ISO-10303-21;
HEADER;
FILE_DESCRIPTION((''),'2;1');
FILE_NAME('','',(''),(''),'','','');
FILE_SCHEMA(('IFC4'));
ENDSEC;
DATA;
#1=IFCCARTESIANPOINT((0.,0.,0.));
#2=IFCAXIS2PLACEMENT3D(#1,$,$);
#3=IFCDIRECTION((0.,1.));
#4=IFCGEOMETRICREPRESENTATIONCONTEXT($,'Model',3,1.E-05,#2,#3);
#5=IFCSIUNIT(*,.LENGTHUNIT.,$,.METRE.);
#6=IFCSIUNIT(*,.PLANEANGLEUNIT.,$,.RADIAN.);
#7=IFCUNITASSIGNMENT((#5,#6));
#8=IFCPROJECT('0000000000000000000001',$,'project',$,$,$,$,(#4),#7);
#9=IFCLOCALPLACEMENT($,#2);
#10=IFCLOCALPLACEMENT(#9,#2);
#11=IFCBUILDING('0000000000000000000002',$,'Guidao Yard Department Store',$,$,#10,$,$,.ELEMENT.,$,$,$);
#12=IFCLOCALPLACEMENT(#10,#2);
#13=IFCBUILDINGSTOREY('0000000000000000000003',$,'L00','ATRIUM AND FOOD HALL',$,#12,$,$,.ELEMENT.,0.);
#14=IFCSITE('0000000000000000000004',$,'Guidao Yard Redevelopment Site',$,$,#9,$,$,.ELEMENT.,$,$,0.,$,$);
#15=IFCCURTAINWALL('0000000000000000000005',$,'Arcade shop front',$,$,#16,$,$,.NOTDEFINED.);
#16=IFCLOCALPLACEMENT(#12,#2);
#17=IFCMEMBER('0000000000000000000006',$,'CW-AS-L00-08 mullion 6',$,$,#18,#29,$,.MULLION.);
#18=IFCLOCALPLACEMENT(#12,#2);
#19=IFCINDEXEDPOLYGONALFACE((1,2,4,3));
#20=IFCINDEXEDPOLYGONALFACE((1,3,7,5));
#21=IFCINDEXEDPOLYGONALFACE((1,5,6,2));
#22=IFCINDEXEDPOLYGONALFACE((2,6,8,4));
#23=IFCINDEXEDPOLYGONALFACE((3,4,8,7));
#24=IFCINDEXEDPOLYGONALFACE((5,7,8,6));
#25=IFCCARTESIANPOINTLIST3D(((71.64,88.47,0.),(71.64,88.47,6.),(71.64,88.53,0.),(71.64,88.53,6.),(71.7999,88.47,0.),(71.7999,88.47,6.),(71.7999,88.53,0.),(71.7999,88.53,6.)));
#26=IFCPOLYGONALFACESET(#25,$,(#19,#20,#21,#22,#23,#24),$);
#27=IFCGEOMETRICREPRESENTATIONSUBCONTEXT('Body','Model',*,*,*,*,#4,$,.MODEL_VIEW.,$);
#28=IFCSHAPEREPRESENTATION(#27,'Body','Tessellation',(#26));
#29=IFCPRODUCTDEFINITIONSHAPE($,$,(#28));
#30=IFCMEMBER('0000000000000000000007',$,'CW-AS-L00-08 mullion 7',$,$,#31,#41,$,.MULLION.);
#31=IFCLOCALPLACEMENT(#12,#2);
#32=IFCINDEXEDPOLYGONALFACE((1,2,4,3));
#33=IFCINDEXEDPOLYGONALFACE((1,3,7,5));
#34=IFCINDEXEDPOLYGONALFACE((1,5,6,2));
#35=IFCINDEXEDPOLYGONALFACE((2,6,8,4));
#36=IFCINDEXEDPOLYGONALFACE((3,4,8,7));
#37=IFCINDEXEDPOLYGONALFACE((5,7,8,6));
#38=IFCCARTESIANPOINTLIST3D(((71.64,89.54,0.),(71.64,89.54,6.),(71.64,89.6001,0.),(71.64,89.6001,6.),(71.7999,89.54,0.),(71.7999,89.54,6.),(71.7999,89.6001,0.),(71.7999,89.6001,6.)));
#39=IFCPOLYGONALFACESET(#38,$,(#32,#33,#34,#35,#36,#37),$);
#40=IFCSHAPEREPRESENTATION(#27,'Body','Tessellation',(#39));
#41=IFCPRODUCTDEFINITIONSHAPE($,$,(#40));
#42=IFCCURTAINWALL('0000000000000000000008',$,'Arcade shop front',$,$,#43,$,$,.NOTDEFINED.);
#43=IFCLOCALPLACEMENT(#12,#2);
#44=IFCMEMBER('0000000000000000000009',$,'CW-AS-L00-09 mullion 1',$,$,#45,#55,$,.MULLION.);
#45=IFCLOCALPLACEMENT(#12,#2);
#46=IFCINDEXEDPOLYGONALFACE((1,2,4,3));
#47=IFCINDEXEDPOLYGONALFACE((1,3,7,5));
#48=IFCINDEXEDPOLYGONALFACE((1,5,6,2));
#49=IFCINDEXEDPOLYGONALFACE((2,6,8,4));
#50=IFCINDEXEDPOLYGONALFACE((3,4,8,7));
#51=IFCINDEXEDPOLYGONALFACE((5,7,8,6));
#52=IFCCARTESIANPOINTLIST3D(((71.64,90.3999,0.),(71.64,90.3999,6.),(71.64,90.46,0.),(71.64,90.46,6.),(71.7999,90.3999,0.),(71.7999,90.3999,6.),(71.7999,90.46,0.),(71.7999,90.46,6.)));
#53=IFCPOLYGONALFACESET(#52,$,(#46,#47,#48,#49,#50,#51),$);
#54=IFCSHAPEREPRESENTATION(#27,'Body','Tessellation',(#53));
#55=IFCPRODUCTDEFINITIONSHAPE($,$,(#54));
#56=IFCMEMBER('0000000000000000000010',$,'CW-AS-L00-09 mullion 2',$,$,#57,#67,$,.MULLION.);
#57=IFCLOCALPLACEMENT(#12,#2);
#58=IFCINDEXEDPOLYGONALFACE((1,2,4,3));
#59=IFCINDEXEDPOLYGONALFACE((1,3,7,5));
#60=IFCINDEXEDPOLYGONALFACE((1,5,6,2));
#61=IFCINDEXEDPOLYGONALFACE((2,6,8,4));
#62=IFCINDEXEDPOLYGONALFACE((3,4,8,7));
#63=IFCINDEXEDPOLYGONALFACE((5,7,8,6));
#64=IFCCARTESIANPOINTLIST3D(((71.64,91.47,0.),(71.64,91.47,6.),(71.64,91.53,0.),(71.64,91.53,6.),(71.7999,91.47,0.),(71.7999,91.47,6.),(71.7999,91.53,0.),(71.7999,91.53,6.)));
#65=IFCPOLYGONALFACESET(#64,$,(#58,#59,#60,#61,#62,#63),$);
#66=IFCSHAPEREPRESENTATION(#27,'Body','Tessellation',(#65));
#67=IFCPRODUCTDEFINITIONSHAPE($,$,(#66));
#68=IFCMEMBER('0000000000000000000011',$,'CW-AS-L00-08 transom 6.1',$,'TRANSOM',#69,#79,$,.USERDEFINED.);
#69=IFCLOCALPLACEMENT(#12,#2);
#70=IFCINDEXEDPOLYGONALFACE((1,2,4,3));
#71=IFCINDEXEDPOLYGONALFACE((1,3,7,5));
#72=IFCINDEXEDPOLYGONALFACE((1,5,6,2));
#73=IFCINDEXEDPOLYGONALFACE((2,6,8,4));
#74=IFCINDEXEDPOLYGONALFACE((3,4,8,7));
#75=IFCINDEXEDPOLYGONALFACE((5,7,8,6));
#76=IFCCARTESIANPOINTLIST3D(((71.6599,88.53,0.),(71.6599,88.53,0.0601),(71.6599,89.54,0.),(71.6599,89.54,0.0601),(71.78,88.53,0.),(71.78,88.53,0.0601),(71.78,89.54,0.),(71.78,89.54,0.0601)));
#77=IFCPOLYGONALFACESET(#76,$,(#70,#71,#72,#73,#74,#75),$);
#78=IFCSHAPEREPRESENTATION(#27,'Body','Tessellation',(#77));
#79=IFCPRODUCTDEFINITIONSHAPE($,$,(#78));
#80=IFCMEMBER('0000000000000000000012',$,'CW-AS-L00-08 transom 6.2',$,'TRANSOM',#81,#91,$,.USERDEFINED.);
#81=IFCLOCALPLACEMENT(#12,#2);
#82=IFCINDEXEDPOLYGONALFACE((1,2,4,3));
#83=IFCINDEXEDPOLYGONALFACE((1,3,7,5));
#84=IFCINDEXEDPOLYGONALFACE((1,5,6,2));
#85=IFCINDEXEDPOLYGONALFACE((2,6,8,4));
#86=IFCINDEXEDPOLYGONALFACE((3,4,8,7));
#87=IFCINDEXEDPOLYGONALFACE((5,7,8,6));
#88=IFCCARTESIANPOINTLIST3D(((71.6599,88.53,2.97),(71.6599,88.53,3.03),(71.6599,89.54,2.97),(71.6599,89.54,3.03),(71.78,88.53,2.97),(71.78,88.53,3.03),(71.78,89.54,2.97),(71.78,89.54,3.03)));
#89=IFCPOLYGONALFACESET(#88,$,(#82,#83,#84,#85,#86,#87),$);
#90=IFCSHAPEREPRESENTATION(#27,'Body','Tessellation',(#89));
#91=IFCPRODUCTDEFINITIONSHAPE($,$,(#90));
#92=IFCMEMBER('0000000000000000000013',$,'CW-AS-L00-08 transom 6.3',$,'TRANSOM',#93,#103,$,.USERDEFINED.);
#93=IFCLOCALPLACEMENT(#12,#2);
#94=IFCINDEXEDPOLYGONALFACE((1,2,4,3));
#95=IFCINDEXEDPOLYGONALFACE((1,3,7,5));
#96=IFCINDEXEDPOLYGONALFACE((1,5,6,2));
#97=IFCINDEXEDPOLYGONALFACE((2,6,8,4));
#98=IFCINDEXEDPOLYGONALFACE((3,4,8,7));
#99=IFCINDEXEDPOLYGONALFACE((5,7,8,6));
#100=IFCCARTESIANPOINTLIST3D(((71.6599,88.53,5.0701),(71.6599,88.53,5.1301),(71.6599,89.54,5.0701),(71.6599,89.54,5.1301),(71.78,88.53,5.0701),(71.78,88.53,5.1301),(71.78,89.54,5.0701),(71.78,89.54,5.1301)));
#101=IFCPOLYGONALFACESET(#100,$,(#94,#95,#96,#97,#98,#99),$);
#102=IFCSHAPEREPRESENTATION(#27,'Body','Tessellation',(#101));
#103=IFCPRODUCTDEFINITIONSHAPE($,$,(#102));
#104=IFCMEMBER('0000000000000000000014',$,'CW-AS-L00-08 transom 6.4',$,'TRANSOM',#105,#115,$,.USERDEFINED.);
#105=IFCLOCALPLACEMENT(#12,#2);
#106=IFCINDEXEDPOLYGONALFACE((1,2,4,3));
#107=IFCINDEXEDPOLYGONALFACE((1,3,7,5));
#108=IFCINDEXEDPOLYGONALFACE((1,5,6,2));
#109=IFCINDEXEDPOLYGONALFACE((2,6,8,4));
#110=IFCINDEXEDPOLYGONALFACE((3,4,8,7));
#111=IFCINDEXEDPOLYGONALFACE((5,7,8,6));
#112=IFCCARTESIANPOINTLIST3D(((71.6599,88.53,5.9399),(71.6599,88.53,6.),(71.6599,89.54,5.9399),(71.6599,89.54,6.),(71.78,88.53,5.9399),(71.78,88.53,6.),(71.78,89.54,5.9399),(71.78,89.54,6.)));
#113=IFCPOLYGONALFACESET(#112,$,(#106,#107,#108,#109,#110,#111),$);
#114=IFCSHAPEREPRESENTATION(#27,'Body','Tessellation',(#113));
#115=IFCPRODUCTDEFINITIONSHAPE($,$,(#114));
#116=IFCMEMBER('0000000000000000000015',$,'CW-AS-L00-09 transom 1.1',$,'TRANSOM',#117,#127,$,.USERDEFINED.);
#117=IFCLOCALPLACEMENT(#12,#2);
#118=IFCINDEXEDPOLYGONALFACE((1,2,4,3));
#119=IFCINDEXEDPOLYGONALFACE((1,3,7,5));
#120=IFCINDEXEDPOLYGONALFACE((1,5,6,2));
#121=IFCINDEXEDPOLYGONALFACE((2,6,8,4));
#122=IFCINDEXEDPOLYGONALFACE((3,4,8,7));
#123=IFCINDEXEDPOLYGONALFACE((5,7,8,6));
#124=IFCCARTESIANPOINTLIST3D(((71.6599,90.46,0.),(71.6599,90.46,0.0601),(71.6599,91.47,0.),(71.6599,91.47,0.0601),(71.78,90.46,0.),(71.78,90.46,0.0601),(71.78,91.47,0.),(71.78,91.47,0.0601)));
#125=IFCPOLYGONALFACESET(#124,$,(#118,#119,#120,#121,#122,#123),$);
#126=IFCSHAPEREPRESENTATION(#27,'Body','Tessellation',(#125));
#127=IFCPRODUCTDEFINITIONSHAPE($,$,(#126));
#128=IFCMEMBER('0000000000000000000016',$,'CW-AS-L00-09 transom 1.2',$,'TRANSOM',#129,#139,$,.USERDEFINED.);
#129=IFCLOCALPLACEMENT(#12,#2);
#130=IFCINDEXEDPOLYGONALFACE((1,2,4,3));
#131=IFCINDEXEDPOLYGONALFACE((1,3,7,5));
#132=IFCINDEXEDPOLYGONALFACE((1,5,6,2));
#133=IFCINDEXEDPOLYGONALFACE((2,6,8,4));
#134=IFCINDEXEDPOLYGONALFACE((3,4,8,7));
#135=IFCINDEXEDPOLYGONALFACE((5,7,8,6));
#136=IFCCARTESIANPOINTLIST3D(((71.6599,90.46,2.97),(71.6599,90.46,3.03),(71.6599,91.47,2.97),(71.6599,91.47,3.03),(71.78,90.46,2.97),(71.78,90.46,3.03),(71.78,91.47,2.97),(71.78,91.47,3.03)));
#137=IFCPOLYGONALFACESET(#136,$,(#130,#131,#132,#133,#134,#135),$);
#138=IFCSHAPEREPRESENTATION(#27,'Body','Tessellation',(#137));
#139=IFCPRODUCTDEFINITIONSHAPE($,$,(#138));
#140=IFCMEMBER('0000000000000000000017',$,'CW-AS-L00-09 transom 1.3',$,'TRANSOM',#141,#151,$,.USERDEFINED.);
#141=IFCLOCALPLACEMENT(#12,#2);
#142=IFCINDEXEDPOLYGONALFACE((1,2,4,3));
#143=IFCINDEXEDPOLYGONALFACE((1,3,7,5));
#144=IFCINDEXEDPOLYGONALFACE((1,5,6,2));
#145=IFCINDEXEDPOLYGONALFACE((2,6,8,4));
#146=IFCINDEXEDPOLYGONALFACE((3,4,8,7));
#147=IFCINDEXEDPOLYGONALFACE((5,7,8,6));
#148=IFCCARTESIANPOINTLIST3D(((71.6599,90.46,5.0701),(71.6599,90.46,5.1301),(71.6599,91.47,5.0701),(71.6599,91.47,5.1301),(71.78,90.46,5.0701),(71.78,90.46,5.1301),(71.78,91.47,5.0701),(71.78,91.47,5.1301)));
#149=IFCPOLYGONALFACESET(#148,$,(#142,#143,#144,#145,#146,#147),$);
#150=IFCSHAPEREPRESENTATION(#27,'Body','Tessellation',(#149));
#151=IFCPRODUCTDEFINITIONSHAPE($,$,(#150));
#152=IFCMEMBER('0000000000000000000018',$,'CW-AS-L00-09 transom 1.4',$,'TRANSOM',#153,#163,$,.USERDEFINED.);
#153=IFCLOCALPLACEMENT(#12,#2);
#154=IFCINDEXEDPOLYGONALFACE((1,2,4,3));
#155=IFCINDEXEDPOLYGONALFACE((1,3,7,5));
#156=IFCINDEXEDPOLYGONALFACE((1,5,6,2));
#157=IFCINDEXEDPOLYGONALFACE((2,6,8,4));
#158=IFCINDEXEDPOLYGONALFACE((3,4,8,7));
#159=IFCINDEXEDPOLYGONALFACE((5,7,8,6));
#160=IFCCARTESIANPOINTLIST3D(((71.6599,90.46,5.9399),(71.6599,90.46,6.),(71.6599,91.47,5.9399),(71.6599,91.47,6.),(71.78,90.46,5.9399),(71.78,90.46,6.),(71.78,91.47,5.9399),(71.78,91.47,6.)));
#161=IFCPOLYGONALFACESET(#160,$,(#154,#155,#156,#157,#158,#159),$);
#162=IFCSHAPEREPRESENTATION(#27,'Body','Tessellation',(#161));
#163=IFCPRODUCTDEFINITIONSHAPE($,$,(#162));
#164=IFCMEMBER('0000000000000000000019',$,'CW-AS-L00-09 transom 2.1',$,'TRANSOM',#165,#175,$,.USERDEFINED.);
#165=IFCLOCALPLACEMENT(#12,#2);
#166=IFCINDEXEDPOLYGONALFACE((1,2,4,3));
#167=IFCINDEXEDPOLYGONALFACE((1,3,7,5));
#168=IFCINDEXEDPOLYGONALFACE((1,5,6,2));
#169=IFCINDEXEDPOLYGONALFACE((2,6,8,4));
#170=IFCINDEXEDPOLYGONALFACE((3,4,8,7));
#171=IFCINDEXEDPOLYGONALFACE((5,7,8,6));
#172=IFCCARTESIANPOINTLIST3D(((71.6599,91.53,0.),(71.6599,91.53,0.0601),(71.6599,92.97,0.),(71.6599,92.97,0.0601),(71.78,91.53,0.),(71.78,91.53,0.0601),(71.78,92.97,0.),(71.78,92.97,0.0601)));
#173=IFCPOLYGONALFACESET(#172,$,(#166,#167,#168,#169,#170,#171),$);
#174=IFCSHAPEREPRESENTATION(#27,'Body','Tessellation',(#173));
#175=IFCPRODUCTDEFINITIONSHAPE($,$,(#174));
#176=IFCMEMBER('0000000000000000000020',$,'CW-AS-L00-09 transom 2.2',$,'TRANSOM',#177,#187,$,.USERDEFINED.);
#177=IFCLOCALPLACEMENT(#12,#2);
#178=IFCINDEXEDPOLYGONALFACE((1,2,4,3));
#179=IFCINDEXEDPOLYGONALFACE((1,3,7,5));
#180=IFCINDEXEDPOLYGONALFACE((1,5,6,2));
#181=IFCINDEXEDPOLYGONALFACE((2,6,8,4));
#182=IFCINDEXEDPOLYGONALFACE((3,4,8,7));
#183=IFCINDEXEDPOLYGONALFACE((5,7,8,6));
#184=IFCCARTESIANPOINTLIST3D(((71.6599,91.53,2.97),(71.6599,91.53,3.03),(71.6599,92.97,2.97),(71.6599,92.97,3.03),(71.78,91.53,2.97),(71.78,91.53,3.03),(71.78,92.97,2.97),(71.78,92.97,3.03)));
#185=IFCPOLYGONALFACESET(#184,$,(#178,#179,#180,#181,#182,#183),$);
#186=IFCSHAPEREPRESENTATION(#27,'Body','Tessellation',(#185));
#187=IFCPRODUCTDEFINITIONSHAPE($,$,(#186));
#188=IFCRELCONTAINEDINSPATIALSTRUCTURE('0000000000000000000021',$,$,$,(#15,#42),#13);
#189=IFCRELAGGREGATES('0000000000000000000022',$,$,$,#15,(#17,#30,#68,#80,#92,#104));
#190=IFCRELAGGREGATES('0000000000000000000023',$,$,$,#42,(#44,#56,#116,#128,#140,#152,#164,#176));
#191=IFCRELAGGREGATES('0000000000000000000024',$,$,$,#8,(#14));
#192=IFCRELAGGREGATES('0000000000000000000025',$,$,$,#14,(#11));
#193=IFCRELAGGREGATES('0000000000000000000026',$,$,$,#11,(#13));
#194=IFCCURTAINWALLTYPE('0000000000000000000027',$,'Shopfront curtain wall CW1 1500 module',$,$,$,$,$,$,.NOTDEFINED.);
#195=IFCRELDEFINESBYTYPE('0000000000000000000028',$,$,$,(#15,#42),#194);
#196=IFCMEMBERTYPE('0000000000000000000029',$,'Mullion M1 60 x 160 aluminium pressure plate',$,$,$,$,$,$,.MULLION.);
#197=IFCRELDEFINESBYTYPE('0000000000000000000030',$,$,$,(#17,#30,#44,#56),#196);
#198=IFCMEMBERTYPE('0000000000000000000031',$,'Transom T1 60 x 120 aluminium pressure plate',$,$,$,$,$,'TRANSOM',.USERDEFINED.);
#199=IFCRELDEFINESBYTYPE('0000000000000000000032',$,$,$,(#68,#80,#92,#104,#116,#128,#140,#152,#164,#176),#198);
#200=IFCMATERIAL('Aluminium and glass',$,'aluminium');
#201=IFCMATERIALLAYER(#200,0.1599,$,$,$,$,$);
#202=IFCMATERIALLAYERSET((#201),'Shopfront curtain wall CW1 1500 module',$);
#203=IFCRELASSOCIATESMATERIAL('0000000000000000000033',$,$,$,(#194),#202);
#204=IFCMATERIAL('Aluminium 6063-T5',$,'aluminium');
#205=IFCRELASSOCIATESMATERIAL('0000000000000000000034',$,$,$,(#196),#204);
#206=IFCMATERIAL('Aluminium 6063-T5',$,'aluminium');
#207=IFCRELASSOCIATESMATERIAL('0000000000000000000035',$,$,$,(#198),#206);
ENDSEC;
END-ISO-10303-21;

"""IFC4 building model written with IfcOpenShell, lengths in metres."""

from ifc_helpers import new_model, si_unit, direction, frame, origin, origin_2d, place, context, subcontext, project, spatial, rectangle, extrude, material, layer, layer_set, material_profile, profile_set, type_object, element, aggregate, save


model = new_model("IFC4")

# Units and contexts
model_context = context("Model", 3, precision=1e-05, world=origin(), true_north=direction((0.0, 1.0)))
body_context = subcontext(model_context, "Body", "Model", "MODEL_VIEW")
ifc_project = project(units=[si_unit("LENGTHUNIT", "METRE"), si_unit("PLANEANGLEUNIT", "RADIAN")], contexts=[model_context])

# Site, building, storey
site_placement = place(None, origin())
site = spatial("IfcSite", under=ifc_project, at=site_placement, Name="Guidao Yard Redevelopment Site", CompositionType="ELEMENT", RefElevation=0.0)
building_placement = place(site_placement, origin())
building = spatial("IfcBuilding", under=site, at=building_placement, Name="Guidao Yard Department Store", CompositionType="ELEMENT")
storey_placement = place(building_placement, origin())
storey = spatial("IfcBuildingStorey", under=building, at=storey_placement, Name="L00", Description="ATRIUM AND FOOD HALL", CompositionType="ELEMENT", Elevation=0.0)

# Curtain walls, members
ifc_material_1 = material(Name="Aluminium and glass", Category="aluminium")
ifc_layer_1 = layer(ifc_material_1, 0.1599)
ifc_layer_set_1 = layer_set([ifc_layer_1], Name="Shopfront curtain wall CW1 1500 module")
curtain_wall_type = type_object("IfcCurtainWallType", Name="Shopfront curtain wall CW1 1500 module", PredefinedType="NOTDEFINED", material=ifc_layer_set_1)
curtain_wall_1_placement = place(storey_placement, origin())
curtain_wall_1 = element("IfcCurtainWall", 1, at=curtain_wall_1_placement, inside=storey, type_object=curtain_wall_type, Name="Arcade shop front", PredefinedType="NOTDEFINED")
ifc_material_2 = material(Name="Aluminium 6063-T5", Category="aluminium")
ifc_material_profile_1 = material_profile(ifc_material_2, rectangle(XDim=0.0601, YDim=0.1599, at=origin_2d()), Name="Mullion M1 60 x 160 aluminium pressure plate")
ifc_profile_set_1 = profile_set([ifc_material_profile_1], Name="Aluminium 6063-T5")
member_type_1 = type_object("IfcMemberType", Name="Mullion M1 60 x 160 aluminium pressure plate", PredefinedType="MULLION", material=ifc_profile_set_1)
member_1_placement = place(storey_placement, frame((71.72, 88.5, 0.0), z_axis=(0.0, 0.0, 1.0), x_axis=(0.0, 1.0, 0.0)))
member_1 = element("IfcMember", 2, at=member_1_placement, type_object=member_type_1, Name="CW-AS-L00-08 mullion 6", PredefinedType="MULLION", context=body_context, shape_type="SweptSolid", body=[
    extrude(rectangle(XDim=0.0601, YDim=0.1599, at=origin_2d()), origin(), (0.0, 0.0, 1.0), 6.0),
])
member_2_placement = place(storey_placement, frame((71.72, 89.5701, 0.0), z_axis=(0.0, 0.0, 1.0), x_axis=(0.0, 1.0, 0.0)))
member_2 = element("IfcMember", 3, at=member_2_placement, type_object=member_type_1, Name="CW-AS-L00-08 mullion 7", PredefinedType="MULLION", context=body_context, shape_type="SweptSolid", body=[
    extrude(rectangle(XDim=0.0601, YDim=0.1599, at=origin_2d()), origin(), (0.0, 0.0, 1.0), 6.0),
])
curtain_wall_2_placement = place(storey_placement, origin())
curtain_wall_2 = element("IfcCurtainWall", 4, at=curtain_wall_2_placement, inside=storey, type_object=curtain_wall_type, Name="Arcade shop front", PredefinedType="NOTDEFINED")
member_3_placement = place(storey_placement, frame((71.72, 90.4299, 0.0), z_axis=(0.0, 0.0, 1.0), x_axis=(0.0, 1.0, 0.0)))
member_3 = element("IfcMember", 5, at=member_3_placement, type_object=member_type_1, Name="CW-AS-L00-09 mullion 1", PredefinedType="MULLION", context=body_context, shape_type="SweptSolid", body=[
    extrude(rectangle(XDim=0.0601, YDim=0.1599, at=origin_2d()), origin(), (0.0, 0.0, 1.0), 6.0),
])
member_4_placement = place(storey_placement, frame((71.72, 91.5, 0.0), z_axis=(0.0, 0.0, 1.0), x_axis=(0.0, 1.0, 0.0)))
member_4 = element("IfcMember", 6, at=member_4_placement, type_object=member_type_1, Name="CW-AS-L00-09 mullion 2", PredefinedType="MULLION", context=body_context, shape_type="SweptSolid", body=[
    extrude(rectangle(XDim=0.0601, YDim=0.1599, at=origin_2d()), origin(), (0.0, 0.0, 1.0), 6.0),
])

# Members
ifc_material_3 = material(Name="Aluminium 6063-T5", Category="aluminium")
ifc_material_profile_2 = material_profile(ifc_material_3, rectangle(XDim=0.1201, YDim=0.0601, at=origin_2d()), Name="Transom T1 60 x 120 aluminium pressure plate")
ifc_profile_set_2 = profile_set([ifc_material_profile_2], Name="Aluminium 6063-T5")
member_type_2 = type_object("IfcMemberType", Name="Transom T1 60 x 120 aluminium pressure plate", ElementType="TRANSOM", PredefinedType="USERDEFINED", material=ifc_profile_set_2)
member_5_placement = place(storey_placement, frame((71.72, 88.53, 0.03), z_axis=(0.0, 1.0, 0.0), x_axis=(-1.0, 0.0, 0.0)))
member_5 = element("IfcMember", 7, at=member_5_placement, type_object=member_type_2, Name="CW-AS-L00-08 transom 6.1", ObjectType="TRANSOM", PredefinedType="USERDEFINED", context=body_context, shape_type="SweptSolid", body=[
    extrude(rectangle(XDim=0.1201, YDim=0.0601, at=origin_2d()), origin(), (0.0, 0.0, 1.0), 1.01),
])
member_6_placement = place(storey_placement, frame((71.72, 88.53, 3.0), z_axis=(0.0, 1.0, 0.0), x_axis=(-1.0, 0.0, 0.0)))
member_6 = element("IfcMember", 8, at=member_6_placement, type_object=member_type_2, Name="CW-AS-L00-08 transom 6.2", ObjectType="TRANSOM", PredefinedType="USERDEFINED", context=body_context, shape_type="SweptSolid", body=[
    extrude(rectangle(XDim=0.1201, YDim=0.0601, at=origin_2d()), origin(), (0.0, 0.0, 1.0), 1.01),
])
member_7_placement = place(storey_placement, frame((71.72, 88.53, 5.1001), z_axis=(0.0, 1.0, 0.0), x_axis=(-1.0, 0.0, 0.0)))
member_7 = element("IfcMember", 9, at=member_7_placement, type_object=member_type_2, Name="CW-AS-L00-08 transom 6.3", ObjectType="TRANSOM", PredefinedType="USERDEFINED", context=body_context, shape_type="SweptSolid", body=[
    extrude(rectangle(XDim=0.1201, YDim=0.0601, at=origin_2d()), origin(), (0.0, 0.0, 1.0), 1.01),
])
member_8_placement = place(storey_placement, frame((71.72, 88.53, 5.97), z_axis=(0.0, 1.0, 0.0), x_axis=(-1.0, 0.0, 0.0)))
member_8 = element("IfcMember", 10, at=member_8_placement, type_object=member_type_2, Name="CW-AS-L00-08 transom 6.4", ObjectType="TRANSOM", PredefinedType="USERDEFINED", context=body_context, shape_type="SweptSolid", body=[
    extrude(rectangle(XDim=0.1201, YDim=0.0601, at=origin_2d()), origin(), (0.0, 0.0, 1.0), 1.01),
])
member_9_placement = place(storey_placement, frame((71.72, 90.46, 0.03), z_axis=(0.0, 1.0, 0.0), x_axis=(-1.0, 0.0, 0.0)))
member_9 = element("IfcMember", 11, at=member_9_placement, type_object=member_type_2, Name="CW-AS-L00-09 transom 1.1", ObjectType="TRANSOM", PredefinedType="USERDEFINED", context=body_context, shape_type="SweptSolid", body=[
    extrude(rectangle(XDim=0.1201, YDim=0.0601, at=origin_2d()), origin(), (0.0, 0.0, 1.0), 1.01),
])
member_10_placement = place(storey_placement, frame((71.72, 90.46, 3.0), z_axis=(0.0, 1.0, 0.0), x_axis=(-1.0, 0.0, 0.0)))
member_10 = element("IfcMember", 12, at=member_10_placement, type_object=member_type_2, Name="CW-AS-L00-09 transom 1.2", ObjectType="TRANSOM", PredefinedType="USERDEFINED", context=body_context, shape_type="SweptSolid", body=[
    extrude(rectangle(XDim=0.1201, YDim=0.0601, at=origin_2d()), origin(), (0.0, 0.0, 1.0), 1.01),
])
member_11_placement = place(storey_placement, frame((71.72, 90.46, 5.1001), z_axis=(0.0, 1.0, 0.0), x_axis=(-1.0, 0.0, 0.0)))
member_11 = element("IfcMember", 13, at=member_11_placement, type_object=member_type_2, Name="CW-AS-L00-09 transom 1.3", ObjectType="TRANSOM", PredefinedType="USERDEFINED", context=body_context, shape_type="SweptSolid", body=[
    extrude(rectangle(XDim=0.1201, YDim=0.0601, at=origin_2d()), origin(), (0.0, 0.0, 1.0), 1.01),
])
member_12_placement = place(storey_placement, frame((71.72, 90.46, 5.97), z_axis=(0.0, 1.0, 0.0), x_axis=(-1.0, 0.0, 0.0)))
member_12 = element("IfcMember", 14, at=member_12_placement, type_object=member_type_2, Name="CW-AS-L00-09 transom 1.4", ObjectType="TRANSOM", PredefinedType="USERDEFINED", context=body_context, shape_type="SweptSolid", body=[
    extrude(rectangle(XDim=0.1201, YDim=0.0601, at=origin_2d()), origin(), (0.0, 0.0, 1.0), 1.01),
])
member_13_placement = place(storey_placement, frame((71.72, 91.53, 0.03), z_axis=(0.0, 1.0, 0.0), x_axis=(-1.0, 0.0, 0.0)))
member_13 = element("IfcMember", 15, at=member_13_placement, type_object=member_type_2, Name="CW-AS-L00-09 transom 2.1", ObjectType="TRANSOM", PredefinedType="USERDEFINED", context=body_context, shape_type="SweptSolid", body=[
    extrude(rectangle(XDim=0.1201, YDim=0.0601, at=origin_2d()), origin(), (0.0, 0.0, 1.0), 1.4399),
])
member_14_placement = place(storey_placement, frame((71.72, 91.53, 3.0), z_axis=(0.0, 1.0, 0.0), x_axis=(-1.0, 0.0, 0.0)))
member_14 = element("IfcMember", 16, at=member_14_placement, type_object=member_type_2, Name="CW-AS-L00-09 transom 2.2", ObjectType="TRANSOM", PredefinedType="USERDEFINED", context=body_context, shape_type="SweptSolid", body=[
    extrude(rectangle(XDim=0.1201, YDim=0.0601, at=origin_2d()), origin(), (0.0, 0.0, 1.0), 1.4399),
])

aggregate(curtain_wall_1, [member_1, member_2, member_5, member_6, member_7, member_8])
aggregate(curtain_wall_2, [member_3, member_4, member_9, member_10, member_11, member_12, member_13, member_14])

save(model, "model.ifc")
